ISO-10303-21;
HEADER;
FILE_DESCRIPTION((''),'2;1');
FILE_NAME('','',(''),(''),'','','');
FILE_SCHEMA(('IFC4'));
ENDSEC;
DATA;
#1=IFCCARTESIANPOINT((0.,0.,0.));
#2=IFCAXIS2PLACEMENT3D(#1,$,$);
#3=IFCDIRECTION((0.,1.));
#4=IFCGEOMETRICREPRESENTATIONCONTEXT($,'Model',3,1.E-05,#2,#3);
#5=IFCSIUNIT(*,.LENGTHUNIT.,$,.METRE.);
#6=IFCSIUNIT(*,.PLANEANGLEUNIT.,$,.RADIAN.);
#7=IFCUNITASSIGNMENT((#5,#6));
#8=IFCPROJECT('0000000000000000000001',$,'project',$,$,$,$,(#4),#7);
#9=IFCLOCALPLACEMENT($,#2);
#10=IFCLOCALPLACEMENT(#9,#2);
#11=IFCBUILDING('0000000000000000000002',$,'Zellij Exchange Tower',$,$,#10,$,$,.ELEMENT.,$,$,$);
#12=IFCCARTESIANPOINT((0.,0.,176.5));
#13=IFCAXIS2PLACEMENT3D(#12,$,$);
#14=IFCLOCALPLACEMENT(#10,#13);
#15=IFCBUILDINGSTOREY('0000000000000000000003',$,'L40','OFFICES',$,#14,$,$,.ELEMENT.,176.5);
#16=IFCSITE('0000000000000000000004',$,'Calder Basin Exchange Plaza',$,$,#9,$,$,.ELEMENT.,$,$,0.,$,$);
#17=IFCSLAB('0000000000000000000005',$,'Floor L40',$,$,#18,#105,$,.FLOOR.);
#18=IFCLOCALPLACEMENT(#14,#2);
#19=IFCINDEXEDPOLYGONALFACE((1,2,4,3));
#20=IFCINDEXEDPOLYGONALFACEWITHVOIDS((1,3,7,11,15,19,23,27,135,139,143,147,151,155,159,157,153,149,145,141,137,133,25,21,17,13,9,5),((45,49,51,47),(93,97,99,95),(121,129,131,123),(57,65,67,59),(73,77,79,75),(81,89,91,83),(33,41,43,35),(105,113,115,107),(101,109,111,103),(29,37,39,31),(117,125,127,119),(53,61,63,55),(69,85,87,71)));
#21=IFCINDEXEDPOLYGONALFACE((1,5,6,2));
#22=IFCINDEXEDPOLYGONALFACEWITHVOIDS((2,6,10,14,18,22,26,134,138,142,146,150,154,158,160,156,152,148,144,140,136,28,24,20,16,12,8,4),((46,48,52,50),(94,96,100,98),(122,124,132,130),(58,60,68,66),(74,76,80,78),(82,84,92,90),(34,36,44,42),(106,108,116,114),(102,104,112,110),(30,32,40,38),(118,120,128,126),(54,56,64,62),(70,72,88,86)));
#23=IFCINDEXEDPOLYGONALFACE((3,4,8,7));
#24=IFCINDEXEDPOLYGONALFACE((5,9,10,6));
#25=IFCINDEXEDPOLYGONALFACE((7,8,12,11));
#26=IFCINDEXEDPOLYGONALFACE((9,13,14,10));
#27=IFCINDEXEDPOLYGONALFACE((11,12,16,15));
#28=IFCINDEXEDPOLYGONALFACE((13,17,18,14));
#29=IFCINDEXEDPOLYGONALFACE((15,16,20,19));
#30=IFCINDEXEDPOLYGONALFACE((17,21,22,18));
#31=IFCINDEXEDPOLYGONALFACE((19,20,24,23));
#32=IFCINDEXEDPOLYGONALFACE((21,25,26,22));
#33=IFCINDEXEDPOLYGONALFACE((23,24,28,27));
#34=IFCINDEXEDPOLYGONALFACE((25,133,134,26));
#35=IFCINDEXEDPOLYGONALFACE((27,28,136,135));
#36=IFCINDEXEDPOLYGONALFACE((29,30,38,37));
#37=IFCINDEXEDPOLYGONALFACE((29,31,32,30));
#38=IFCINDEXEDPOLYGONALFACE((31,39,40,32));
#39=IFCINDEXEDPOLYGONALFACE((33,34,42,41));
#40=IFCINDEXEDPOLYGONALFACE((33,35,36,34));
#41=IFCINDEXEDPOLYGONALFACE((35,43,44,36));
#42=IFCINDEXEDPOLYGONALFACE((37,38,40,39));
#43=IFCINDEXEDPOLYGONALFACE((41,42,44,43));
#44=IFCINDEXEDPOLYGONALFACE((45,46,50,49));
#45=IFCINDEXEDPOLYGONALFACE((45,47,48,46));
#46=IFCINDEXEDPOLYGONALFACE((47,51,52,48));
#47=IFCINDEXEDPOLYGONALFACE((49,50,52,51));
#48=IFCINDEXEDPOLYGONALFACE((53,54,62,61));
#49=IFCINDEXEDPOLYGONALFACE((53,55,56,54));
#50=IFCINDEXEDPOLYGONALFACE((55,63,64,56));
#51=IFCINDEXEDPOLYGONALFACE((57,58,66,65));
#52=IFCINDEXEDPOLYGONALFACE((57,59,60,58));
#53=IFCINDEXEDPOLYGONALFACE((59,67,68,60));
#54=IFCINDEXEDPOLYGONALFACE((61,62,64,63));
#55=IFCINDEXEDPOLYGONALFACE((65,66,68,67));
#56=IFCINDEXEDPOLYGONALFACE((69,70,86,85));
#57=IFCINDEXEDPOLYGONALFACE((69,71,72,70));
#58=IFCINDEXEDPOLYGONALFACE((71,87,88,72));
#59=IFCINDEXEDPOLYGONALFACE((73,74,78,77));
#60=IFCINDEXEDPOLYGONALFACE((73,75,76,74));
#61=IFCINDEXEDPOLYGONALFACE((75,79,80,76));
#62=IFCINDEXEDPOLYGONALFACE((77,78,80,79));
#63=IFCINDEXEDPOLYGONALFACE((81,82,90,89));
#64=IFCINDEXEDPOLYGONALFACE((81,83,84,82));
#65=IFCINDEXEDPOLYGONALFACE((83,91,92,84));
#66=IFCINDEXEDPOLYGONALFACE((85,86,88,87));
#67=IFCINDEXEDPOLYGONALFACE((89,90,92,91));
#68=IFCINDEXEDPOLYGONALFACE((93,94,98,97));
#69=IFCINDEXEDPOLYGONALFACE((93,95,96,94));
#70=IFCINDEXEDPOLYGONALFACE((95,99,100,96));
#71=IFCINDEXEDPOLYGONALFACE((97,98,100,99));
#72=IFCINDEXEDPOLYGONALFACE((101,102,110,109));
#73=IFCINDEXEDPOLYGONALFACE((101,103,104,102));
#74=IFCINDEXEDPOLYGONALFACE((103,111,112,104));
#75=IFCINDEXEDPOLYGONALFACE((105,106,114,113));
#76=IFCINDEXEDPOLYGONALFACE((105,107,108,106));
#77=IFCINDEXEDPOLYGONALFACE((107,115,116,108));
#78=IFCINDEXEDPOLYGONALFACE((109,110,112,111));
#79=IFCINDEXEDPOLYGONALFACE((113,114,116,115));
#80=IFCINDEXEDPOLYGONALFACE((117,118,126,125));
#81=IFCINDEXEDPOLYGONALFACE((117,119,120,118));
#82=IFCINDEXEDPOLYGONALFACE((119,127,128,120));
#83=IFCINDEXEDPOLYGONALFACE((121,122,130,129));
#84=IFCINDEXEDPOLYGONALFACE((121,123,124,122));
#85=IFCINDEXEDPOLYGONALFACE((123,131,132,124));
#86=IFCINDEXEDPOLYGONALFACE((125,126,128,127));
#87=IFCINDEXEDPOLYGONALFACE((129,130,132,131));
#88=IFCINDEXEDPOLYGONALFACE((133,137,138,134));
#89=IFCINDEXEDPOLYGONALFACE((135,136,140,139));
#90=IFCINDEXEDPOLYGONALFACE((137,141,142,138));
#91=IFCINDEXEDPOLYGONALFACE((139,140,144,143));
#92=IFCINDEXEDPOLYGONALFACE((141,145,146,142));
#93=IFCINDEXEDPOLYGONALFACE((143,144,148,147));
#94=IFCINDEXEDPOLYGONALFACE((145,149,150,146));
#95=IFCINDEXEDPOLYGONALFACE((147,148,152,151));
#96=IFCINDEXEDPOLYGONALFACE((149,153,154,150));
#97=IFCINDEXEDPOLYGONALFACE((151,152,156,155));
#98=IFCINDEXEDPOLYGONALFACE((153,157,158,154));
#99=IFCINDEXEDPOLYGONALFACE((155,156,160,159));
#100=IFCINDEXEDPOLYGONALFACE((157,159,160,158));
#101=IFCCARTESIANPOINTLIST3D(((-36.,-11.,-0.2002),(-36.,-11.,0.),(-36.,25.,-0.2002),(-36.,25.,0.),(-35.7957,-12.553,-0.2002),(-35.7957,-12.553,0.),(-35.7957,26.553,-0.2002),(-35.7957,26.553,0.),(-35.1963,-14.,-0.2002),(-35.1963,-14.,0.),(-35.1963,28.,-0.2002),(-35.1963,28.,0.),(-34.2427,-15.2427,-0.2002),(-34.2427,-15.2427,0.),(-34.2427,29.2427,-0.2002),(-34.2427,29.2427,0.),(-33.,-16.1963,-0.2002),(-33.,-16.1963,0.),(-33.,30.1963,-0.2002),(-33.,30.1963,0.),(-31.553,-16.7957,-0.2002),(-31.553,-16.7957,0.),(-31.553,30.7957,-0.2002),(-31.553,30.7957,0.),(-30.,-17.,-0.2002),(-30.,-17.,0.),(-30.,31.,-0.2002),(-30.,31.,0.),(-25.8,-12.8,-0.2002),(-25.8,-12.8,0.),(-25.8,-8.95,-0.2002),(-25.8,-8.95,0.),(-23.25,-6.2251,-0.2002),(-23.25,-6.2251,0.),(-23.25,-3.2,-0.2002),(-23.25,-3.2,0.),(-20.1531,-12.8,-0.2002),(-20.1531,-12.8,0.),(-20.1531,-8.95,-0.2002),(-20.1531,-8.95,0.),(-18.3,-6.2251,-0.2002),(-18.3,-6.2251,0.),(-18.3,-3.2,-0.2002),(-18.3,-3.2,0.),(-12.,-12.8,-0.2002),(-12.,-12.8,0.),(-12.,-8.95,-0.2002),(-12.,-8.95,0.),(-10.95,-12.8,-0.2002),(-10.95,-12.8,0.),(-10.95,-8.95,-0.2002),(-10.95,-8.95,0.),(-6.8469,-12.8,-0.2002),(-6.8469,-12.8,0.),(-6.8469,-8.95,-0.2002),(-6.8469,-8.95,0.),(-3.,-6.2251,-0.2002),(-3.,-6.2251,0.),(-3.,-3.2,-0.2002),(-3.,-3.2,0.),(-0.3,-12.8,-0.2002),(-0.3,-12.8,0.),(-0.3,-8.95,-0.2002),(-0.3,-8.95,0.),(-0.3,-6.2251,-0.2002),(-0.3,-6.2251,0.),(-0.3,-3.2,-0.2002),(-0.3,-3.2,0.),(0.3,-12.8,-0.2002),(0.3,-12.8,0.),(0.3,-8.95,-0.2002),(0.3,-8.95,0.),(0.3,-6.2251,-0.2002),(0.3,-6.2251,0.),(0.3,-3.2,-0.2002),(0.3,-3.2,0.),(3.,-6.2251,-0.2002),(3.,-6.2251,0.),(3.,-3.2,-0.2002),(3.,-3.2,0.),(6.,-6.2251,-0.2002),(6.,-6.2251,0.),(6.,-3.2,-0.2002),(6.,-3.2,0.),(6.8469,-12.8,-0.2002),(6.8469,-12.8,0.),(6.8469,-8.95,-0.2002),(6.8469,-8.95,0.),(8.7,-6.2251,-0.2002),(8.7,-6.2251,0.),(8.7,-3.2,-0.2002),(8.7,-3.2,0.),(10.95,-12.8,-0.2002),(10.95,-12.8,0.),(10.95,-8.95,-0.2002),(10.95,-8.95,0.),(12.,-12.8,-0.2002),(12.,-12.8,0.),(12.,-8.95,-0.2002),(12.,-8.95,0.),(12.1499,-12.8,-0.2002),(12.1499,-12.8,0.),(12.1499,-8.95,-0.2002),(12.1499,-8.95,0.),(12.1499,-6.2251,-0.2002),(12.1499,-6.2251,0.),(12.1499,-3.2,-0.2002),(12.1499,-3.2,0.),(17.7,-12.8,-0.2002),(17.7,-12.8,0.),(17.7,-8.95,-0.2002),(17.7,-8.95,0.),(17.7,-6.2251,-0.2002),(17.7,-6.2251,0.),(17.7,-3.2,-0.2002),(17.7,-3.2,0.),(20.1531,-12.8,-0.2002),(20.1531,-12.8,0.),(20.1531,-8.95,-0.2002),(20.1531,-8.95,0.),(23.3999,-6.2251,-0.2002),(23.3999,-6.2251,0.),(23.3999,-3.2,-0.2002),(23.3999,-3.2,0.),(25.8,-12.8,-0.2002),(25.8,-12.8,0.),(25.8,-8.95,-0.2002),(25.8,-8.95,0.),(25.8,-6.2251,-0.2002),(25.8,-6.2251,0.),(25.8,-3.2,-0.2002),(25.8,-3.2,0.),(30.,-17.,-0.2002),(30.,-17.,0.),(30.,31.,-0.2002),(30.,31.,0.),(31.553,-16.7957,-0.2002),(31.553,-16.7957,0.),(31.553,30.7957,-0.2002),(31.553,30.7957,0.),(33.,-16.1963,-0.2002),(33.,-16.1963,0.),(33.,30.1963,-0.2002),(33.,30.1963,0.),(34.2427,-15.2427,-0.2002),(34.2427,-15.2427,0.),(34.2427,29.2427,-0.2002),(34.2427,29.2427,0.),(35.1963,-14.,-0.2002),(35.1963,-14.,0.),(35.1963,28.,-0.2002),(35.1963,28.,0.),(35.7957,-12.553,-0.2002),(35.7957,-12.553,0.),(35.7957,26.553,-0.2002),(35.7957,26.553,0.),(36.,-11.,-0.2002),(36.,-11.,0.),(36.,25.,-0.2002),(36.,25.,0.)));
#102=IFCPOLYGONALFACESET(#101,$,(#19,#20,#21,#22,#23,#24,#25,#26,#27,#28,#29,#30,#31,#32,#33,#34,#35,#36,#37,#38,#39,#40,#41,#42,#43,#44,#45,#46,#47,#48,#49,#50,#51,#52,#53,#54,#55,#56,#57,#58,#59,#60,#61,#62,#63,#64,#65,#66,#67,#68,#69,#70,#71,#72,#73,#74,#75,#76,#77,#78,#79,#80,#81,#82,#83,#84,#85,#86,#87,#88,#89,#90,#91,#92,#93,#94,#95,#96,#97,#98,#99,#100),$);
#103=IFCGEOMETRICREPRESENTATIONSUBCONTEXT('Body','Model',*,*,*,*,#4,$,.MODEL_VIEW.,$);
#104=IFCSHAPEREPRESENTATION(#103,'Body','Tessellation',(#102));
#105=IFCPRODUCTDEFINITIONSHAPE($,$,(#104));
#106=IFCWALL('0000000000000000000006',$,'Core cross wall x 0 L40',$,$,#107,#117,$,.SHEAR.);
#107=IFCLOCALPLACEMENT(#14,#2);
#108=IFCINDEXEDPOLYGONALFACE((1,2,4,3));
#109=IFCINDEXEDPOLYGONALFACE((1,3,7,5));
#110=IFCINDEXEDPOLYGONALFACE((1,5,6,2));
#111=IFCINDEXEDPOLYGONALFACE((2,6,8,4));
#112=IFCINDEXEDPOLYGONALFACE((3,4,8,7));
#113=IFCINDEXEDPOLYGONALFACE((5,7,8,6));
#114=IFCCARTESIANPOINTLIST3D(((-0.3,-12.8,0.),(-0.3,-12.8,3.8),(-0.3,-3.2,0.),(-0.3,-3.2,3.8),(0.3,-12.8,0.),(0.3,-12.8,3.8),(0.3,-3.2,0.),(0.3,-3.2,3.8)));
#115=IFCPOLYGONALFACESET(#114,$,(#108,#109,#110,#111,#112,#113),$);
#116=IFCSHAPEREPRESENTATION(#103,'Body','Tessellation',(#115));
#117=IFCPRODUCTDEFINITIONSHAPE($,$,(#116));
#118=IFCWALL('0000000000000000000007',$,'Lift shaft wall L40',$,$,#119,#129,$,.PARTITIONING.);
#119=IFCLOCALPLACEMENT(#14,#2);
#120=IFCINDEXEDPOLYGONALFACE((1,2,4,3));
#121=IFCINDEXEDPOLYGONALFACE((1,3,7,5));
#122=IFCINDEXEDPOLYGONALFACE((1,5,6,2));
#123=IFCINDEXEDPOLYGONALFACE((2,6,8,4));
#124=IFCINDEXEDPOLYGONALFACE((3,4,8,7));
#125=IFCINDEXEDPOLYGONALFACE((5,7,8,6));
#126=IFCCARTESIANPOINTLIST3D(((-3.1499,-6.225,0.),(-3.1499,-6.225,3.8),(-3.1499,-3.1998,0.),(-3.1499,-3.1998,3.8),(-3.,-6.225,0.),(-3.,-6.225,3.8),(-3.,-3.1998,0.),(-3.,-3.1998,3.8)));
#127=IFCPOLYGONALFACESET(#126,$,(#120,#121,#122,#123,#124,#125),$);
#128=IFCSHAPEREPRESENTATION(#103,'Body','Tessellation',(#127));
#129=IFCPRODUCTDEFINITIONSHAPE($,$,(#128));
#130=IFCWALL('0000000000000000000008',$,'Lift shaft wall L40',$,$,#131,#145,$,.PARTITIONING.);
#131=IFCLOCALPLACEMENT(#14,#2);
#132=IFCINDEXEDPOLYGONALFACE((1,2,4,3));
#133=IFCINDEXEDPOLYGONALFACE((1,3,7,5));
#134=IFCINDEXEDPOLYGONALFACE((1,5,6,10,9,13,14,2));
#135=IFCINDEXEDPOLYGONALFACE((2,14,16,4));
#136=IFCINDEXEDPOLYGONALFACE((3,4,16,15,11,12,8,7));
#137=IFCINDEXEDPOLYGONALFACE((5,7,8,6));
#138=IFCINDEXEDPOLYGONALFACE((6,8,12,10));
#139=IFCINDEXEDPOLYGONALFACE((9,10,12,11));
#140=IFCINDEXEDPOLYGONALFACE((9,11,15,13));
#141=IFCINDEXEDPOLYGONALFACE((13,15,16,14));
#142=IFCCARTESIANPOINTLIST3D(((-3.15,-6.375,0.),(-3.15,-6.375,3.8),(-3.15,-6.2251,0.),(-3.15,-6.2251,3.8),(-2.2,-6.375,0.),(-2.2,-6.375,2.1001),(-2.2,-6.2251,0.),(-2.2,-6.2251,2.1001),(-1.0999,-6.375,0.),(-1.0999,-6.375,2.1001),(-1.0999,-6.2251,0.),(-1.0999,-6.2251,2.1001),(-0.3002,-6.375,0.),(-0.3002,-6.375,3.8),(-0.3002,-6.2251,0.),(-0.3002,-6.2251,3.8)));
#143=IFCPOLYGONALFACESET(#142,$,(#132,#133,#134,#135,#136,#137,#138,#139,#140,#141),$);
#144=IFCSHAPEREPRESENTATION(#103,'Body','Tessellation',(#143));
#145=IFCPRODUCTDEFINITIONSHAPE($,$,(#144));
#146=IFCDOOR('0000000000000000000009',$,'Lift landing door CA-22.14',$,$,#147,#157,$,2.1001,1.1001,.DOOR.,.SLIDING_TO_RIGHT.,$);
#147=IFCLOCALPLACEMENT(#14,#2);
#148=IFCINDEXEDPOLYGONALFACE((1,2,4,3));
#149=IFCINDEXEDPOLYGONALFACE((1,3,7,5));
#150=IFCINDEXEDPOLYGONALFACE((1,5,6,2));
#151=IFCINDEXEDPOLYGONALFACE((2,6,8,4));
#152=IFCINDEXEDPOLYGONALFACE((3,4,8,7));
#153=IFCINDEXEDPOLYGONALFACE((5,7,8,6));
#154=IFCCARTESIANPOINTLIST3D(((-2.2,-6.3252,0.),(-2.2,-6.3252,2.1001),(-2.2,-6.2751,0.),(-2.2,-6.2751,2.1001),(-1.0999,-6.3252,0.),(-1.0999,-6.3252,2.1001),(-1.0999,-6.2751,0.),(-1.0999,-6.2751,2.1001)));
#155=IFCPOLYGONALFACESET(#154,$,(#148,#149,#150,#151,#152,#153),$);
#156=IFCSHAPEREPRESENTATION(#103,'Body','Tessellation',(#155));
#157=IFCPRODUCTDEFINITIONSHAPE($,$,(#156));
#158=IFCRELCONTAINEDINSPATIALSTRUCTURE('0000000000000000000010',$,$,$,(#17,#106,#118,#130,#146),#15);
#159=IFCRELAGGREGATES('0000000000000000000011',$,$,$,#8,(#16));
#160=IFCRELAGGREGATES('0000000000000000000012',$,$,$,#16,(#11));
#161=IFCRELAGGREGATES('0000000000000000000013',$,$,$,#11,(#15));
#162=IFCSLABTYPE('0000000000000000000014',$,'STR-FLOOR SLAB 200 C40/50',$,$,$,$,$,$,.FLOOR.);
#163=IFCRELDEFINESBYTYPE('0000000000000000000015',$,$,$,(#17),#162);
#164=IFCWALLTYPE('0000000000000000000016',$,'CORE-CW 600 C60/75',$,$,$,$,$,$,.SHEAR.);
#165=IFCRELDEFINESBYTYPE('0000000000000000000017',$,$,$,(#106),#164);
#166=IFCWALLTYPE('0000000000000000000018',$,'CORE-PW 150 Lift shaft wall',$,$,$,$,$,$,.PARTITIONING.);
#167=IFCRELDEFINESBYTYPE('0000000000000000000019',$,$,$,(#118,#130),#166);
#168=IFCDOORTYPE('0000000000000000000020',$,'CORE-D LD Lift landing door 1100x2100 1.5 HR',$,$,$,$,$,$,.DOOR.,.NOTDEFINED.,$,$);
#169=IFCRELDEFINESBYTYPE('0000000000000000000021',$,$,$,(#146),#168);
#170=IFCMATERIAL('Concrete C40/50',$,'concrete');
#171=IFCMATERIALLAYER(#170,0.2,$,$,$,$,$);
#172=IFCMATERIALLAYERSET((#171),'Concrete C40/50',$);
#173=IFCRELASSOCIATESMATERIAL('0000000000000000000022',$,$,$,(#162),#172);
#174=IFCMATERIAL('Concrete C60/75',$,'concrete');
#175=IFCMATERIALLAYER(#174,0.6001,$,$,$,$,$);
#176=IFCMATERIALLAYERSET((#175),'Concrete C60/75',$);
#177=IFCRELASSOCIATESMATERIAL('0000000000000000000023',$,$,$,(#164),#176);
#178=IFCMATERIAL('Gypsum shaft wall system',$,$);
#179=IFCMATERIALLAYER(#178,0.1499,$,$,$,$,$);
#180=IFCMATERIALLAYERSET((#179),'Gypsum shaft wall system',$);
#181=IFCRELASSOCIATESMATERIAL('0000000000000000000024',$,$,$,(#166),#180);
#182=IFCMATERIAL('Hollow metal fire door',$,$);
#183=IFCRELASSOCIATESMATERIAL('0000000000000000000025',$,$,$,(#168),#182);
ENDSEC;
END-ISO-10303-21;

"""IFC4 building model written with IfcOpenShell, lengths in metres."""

from ifc_helpers import new_model, si_unit, direction, frame, frame_2d, origin, place, context, subcontext, project, spatial, polyline, rectangle, outline, extrude, material, layer, layer_set, type_object, element, fill, save


model = new_model("IFC4")

# Units and contexts
model_context = context("Model", 3, precision=1e-05, world=origin(), true_north=direction((0.0, 1.0)))
body_context = subcontext(model_context, "Body", "Model", "MODEL_VIEW")
ifc_project = project(units=[si_unit("LENGTHUNIT", "METRE"), si_unit("PLANEANGLEUNIT", "RADIAN")], contexts=[model_context])

# Site, building, storey
site_placement = place(None, origin())
site = spatial("IfcSite", under=ifc_project, at=site_placement, Name="Calder Basin Exchange Plaza", CompositionType="ELEMENT", RefElevation=0.0)
building_placement = place(site_placement, origin())
building = spatial("IfcBuilding", under=site, at=building_placement, Name="Zellij Exchange Tower", CompositionType="ELEMENT")
storey_placement = place(building_placement, frame((0.0, 0.0, 176.5)))
storey = spatial("IfcBuildingStorey", under=building, at=storey_placement, Name="L40", Description="OFFICES", CompositionType="ELEMENT", Elevation=176.5)

# Slab
ifc_material_1 = material(Name="Concrete C40/50", Category="concrete")
ifc_layer_1 = layer(ifc_material_1, 0.2)
ifc_layer_set_1 = layer_set([ifc_layer_1], Name="Concrete C40/50")
slab_type = type_object("IfcSlabType", Name="STR-FLOOR SLAB 200 C40/50", PredefinedType="FLOOR", material=ifc_layer_set_1)
slab_placement = place(storey_placement, frame((0.0, 0.0, -0.2002)))
element("IfcSlab", 1, at=slab_placement, inside=storey, type_object=slab_type, Name="Floor L40", PredefinedType="FLOOR", context=body_context, shape_type="SweptSolid", body=[
    extrude(outline(polyline([(-30.0, -17.0), (-31.553, -16.7957), (-33.0, -16.1963), (-34.2427, -15.2427), (-35.1963, -14.0), (-35.7957, -12.553), (-36.0, -11.0), (-36.0, 25.0), (-35.7957, 26.553), (-35.1963, 28.0), (-34.2427, 29.2427), (-33.0, 30.1963), (-31.553, 30.7957), (-30.0, 31.0), (30.0, 31.0), (31.553, 30.7957), (33.0, 30.1963), (34.2427, 29.2427), (35.1963, 28.0), (35.7957, 26.553), (36.0, 25.0), (36.0, -11.0), (35.7957, -12.553), (35.1963, -14.0), (34.2427, -15.2427), (33.0, -16.1963), (31.553, -16.7957), (30.0, -17.0), (-30.0, -17.0)]), holes=[polyline([(-25.8, -8.95), (-25.8, -12.8), (-20.1531, -12.8), (-20.1531, -8.95), (-25.8, -8.95)]), polyline([(-10.95, -8.95), (-12.0, -8.95), (-12.0, -12.8), (-10.95, -12.8), (-10.95, -8.95)]), polyline([(-0.3, -8.95), (-6.8469, -8.95), (-6.8469, -12.8), (-0.3, -12.8), (-0.3, -8.95)]), polyline([(0.3, -8.95), (0.3, -12.8), (6.8469, -12.8), (6.8469, -8.95), (0.3, -8.95)]), polyline([(-18.3, -3.2), (-23.25, -3.2), (-23.25, -6.2251), (-18.3, -6.2251), (-18.3, -3.2)]), polyline([(-0.3, -3.2), (-3.0, -3.2), (-3.0, -6.2251), (-0.3, -6.2251), (-0.3, -3.2)]), polyline([(0.3, -3.2), (0.3, -6.2251), (3.0, -6.2251), (3.0, -3.2), (0.3, -3.2)]), polyline([(12.0, -8.95), (10.95, -8.95), (10.95, -12.8), (12.0, -12.8), (12.0, -8.95)]), polyline([(17.7, -8.95), (12.1499, -8.95), (12.1499, -12.8), (17.7, -12.8), (17.7, -8.95)]), polyline([(25.8, -8.95), (20.1531, -8.95), (20.1531, -12.8), (25.8, -12.8), (25.8, -8.95)]), polyline([(8.7, -3.2), (6.0, -3.2), (6.0, -6.2251), (8.7, -6.2251), (8.7, -3.2)]), polyline([(17.7, -3.2), (12.1499, -3.2), (12.1499, -6.2251), (17.7, -6.2251), (17.7, -3.2)]), polyline([(25.8, -3.2), (23.3999, -3.2), (23.3999, -6.2251), (25.8, -6.2251), (25.8, -3.2)])]), origin(), (0.0, 0.0, 1.0), 0.2002),
])

# Walls
ifc_material_2 = material(Name="Concrete C60/75", Category="concrete")
ifc_layer_2 = layer(ifc_material_2, 0.6001)
ifc_layer_set_2 = layer_set([ifc_layer_2], Name="Concrete C60/75")
wall_type_1 = type_object("IfcWallType", Name="CORE-CW 600 C60/75", PredefinedType="SHEAR", material=ifc_layer_set_2)
wall_1_placement = place(storey_placement, frame((0.0, -12.8, 0.0), z_axis=(0.0, 0.0, 1.0), x_axis=(0.0, 1.0, 0.0)))
element("IfcWall", 2, at=wall_1_placement, inside=storey, type_object=wall_type_1, Name="Core cross wall x 0 L40", PredefinedType="SHEAR", context=body_context, shape_type="SweptSolid", body=[
    extrude(rectangle(XDim=9.6001, YDim=0.6001, at=frame_2d((4.8, 0.0))), origin(), (0.0, 0.0, 1.0), 3.8),
])
ifc_material_3 = material(Name="Gypsum shaft wall system")
ifc_layer_3 = layer(ifc_material_3, 0.1499)
ifc_layer_set_3 = layer_set([ifc_layer_3], Name="Gypsum shaft wall system")
wall_type_2 = type_object("IfcWallType", Name="CORE-PW 150 Lift shaft wall", PredefinedType="PARTITIONING", material=ifc_layer_set_3)
wall_2_placement = place(storey_placement, frame((-3.075, -6.2251, 0.0), z_axis=(0.0, 0.0, 1.0), x_axis=(0.0, 1.0, 0.0)))
element("IfcWall", 3, at=wall_2_placement, inside=storey, type_object=wall_type_2, Name="Lift shaft wall L40", PredefinedType="PARTITIONING", context=body_context, shape_type="SweptSolid", body=[
    extrude(rectangle(XDim=3.0251, YDim=0.1499, at=frame_2d((1.5127, 0.0))), origin(), (0.0, 0.0, 1.0), 3.8),
])

# Wall, opening, door
wall_3_placement = place(storey_placement, frame((-3.1499, -6.3, 0.0), z_axis=(0.0, 0.0, 1.0), x_axis=(1.0, 0.0, 0.0)))
wall_3 = element("IfcWall", 4, at=wall_3_placement, inside=storey, type_object=wall_type_2, Name="Lift shaft wall L40", PredefinedType="PARTITIONING", context=body_context, shape_type="SweptSolid", body=[
    extrude(rectangle(XDim=2.8499, YDim=0.1499, at=frame_2d((1.4248, 0.0))), origin(), (0.0, 0.0, 1.0), 3.8),
])
opening_placement = place(wall_3_placement, frame((0.95, 0.0, 0.0)))
opening = element("IfcOpeningElement", 5, at=opening_placement, cuts=wall_3, PredefinedType="OPENING", context=body_context, shape_type="SweptSolid", body=[
    extrude(rectangle(XDim=1.1001, YDim=2.1001, at=frame_2d((0.55, 1.05))), frame((0.0, 0.0869, 0.0), z_axis=(0.0, -1.0, 0.0), x_axis=(1.0, 0.0, 0.0)), (0.0, 0.0, 1.0), 0.1738),
])
ifc_material_4 = material(Name="Hollow metal fire door")
door_type = type_object("IfcDoorType", Name="CORE-D LD Lift landing door 1100x2100 1.5 HR", OperationType="NOTDEFINED", PredefinedType="DOOR", material=ifc_material_4)
door_placement = place(opening_placement, origin())
door = element("IfcDoor", 6, at=door_placement, inside=storey, type_object=door_type, Name="Lift landing door CA-22.14", OperationType="SLIDING_TO_RIGHT", OverallHeight=2.1001, OverallWidth=1.1001, PredefinedType="DOOR", context=body_context, shape_type="SweptSolid", body=[
    extrude(rectangle(XDim=1.1001, YDim=2.1001, at=frame_2d((0.55, 1.05))), frame((0.0, 0.0249, 0.0), z_axis=(0.0, -1.0, 0.0), x_axis=(1.0, 0.0, 0.0)), (0.0, 0.0, 1.0), 0.05),
])
fill(opening, door)

save(model, "model.ifc")
